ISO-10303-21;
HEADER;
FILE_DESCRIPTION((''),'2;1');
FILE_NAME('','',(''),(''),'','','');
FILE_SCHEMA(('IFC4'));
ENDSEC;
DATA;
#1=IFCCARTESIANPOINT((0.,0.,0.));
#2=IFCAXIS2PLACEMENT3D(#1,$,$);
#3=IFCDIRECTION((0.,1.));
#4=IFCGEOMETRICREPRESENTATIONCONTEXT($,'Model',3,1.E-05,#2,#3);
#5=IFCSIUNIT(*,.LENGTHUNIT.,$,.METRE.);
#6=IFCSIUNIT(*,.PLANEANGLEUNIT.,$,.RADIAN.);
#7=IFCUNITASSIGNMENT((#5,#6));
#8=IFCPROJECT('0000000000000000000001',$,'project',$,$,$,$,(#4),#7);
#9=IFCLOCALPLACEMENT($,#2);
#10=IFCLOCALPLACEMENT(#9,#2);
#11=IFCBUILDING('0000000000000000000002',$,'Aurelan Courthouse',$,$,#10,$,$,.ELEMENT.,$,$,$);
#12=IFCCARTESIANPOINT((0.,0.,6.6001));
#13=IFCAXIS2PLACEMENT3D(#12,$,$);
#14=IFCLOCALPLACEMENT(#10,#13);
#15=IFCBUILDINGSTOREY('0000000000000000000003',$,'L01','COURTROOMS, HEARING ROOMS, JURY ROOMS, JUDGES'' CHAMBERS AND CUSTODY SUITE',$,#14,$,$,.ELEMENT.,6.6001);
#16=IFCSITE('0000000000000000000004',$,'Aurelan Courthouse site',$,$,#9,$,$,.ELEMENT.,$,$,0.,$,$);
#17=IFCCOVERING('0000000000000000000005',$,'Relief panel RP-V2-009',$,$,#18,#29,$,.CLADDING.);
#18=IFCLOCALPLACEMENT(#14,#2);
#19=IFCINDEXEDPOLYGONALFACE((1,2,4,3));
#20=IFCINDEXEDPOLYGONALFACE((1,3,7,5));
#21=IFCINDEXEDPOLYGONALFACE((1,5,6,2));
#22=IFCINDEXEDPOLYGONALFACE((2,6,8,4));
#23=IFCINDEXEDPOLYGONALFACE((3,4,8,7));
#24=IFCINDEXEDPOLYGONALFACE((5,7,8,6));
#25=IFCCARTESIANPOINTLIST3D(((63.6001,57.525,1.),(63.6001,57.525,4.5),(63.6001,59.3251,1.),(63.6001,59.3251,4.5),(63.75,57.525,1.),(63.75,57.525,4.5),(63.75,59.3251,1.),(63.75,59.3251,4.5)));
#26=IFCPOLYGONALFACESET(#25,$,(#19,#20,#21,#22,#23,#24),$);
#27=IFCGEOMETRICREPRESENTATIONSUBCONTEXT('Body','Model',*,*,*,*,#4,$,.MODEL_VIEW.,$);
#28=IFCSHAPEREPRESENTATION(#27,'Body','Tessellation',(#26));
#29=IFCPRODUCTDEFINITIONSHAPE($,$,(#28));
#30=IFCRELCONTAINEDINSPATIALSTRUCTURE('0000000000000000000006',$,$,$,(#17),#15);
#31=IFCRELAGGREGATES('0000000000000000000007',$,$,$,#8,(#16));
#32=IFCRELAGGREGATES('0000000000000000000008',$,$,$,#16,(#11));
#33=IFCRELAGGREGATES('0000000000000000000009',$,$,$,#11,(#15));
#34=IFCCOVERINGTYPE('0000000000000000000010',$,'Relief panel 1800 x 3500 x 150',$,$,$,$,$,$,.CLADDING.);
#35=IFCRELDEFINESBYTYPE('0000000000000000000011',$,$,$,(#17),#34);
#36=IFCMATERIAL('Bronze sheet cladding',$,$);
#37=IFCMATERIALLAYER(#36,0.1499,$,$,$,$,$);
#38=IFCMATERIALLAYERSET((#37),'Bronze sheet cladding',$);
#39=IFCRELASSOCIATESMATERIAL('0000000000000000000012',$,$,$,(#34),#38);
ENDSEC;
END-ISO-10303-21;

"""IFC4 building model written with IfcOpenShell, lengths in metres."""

from ifc_helpers import new_model, si_unit, direction, frame, origin, origin_2d, place, context, subcontext, project, spatial, rectangle, extrude, material, layer, layer_set, type_object, element, save


model = new_model("IFC4")

# Units and contexts
model_context = context("Model", 3, precision=1e-05, world=origin(), true_north=direction((0.0, 1.0)))
body_context = subcontext(model_context, "Body", "Model", "MODEL_VIEW")
ifc_project = project(units=[si_unit("LENGTHUNIT", "METRE"), si_unit("PLANEANGLEUNIT", "RADIAN")], contexts=[model_context])

# Site, building, storey
site_placement = place(None, origin())
site = spatial("IfcSite", under=ifc_project, at=site_placement, Name="Aurelan Courthouse site", CompositionType="ELEMENT", RefElevation=0.0)
building_placement = place(site_placement, origin())
building = spatial("IfcBuilding", under=site, at=building_placement, Name="Aurelan Courthouse", CompositionType="ELEMENT")
storey_placement = place(building_placement, frame((0.0, 0.0, 6.6001)))
storey = spatial("IfcBuildingStorey", under=building, at=storey_placement, Name="L01", Description="COURTROOMS, HEARING ROOMS, JURY ROOMS, JUDGES' CHAMBERS AND CUSTODY SUITE", CompositionType="ELEMENT", Elevation=6.6001)

# Covering
ifc_material_1 = material(Name="Bronze sheet cladding")
ifc_layer_1 = layer(ifc_material_1, 0.1499)
ifc_layer_set_1 = layer_set([ifc_layer_1], Name="Bronze sheet cladding")
covering_type_1 = type_object("IfcCoveringType", Name="Relief panel 1800 x 3500 x 150", PredefinedType="CLADDING", material=ifc_layer_set_1)
covering_placement = place(storey_placement, frame((63.675, 58.425, 1.0), z_axis=(0.0, 0.0, 1.0), x_axis=(1.0, 0.0, 0.0)))
element("IfcCovering", 1, at=covering_placement, inside=storey, type_object=covering_type_1, Name="Relief panel RP-V2-009", PredefinedType="CLADDING", context=body_context, shape_type="SweptSolid", body=[
    extrude(rectangle(XDim=0.1499, YDim=1.8, at=origin_2d()), origin(), (0.0, 0.0, 1.0), 3.5),
])

save(model, "model.ifc")
